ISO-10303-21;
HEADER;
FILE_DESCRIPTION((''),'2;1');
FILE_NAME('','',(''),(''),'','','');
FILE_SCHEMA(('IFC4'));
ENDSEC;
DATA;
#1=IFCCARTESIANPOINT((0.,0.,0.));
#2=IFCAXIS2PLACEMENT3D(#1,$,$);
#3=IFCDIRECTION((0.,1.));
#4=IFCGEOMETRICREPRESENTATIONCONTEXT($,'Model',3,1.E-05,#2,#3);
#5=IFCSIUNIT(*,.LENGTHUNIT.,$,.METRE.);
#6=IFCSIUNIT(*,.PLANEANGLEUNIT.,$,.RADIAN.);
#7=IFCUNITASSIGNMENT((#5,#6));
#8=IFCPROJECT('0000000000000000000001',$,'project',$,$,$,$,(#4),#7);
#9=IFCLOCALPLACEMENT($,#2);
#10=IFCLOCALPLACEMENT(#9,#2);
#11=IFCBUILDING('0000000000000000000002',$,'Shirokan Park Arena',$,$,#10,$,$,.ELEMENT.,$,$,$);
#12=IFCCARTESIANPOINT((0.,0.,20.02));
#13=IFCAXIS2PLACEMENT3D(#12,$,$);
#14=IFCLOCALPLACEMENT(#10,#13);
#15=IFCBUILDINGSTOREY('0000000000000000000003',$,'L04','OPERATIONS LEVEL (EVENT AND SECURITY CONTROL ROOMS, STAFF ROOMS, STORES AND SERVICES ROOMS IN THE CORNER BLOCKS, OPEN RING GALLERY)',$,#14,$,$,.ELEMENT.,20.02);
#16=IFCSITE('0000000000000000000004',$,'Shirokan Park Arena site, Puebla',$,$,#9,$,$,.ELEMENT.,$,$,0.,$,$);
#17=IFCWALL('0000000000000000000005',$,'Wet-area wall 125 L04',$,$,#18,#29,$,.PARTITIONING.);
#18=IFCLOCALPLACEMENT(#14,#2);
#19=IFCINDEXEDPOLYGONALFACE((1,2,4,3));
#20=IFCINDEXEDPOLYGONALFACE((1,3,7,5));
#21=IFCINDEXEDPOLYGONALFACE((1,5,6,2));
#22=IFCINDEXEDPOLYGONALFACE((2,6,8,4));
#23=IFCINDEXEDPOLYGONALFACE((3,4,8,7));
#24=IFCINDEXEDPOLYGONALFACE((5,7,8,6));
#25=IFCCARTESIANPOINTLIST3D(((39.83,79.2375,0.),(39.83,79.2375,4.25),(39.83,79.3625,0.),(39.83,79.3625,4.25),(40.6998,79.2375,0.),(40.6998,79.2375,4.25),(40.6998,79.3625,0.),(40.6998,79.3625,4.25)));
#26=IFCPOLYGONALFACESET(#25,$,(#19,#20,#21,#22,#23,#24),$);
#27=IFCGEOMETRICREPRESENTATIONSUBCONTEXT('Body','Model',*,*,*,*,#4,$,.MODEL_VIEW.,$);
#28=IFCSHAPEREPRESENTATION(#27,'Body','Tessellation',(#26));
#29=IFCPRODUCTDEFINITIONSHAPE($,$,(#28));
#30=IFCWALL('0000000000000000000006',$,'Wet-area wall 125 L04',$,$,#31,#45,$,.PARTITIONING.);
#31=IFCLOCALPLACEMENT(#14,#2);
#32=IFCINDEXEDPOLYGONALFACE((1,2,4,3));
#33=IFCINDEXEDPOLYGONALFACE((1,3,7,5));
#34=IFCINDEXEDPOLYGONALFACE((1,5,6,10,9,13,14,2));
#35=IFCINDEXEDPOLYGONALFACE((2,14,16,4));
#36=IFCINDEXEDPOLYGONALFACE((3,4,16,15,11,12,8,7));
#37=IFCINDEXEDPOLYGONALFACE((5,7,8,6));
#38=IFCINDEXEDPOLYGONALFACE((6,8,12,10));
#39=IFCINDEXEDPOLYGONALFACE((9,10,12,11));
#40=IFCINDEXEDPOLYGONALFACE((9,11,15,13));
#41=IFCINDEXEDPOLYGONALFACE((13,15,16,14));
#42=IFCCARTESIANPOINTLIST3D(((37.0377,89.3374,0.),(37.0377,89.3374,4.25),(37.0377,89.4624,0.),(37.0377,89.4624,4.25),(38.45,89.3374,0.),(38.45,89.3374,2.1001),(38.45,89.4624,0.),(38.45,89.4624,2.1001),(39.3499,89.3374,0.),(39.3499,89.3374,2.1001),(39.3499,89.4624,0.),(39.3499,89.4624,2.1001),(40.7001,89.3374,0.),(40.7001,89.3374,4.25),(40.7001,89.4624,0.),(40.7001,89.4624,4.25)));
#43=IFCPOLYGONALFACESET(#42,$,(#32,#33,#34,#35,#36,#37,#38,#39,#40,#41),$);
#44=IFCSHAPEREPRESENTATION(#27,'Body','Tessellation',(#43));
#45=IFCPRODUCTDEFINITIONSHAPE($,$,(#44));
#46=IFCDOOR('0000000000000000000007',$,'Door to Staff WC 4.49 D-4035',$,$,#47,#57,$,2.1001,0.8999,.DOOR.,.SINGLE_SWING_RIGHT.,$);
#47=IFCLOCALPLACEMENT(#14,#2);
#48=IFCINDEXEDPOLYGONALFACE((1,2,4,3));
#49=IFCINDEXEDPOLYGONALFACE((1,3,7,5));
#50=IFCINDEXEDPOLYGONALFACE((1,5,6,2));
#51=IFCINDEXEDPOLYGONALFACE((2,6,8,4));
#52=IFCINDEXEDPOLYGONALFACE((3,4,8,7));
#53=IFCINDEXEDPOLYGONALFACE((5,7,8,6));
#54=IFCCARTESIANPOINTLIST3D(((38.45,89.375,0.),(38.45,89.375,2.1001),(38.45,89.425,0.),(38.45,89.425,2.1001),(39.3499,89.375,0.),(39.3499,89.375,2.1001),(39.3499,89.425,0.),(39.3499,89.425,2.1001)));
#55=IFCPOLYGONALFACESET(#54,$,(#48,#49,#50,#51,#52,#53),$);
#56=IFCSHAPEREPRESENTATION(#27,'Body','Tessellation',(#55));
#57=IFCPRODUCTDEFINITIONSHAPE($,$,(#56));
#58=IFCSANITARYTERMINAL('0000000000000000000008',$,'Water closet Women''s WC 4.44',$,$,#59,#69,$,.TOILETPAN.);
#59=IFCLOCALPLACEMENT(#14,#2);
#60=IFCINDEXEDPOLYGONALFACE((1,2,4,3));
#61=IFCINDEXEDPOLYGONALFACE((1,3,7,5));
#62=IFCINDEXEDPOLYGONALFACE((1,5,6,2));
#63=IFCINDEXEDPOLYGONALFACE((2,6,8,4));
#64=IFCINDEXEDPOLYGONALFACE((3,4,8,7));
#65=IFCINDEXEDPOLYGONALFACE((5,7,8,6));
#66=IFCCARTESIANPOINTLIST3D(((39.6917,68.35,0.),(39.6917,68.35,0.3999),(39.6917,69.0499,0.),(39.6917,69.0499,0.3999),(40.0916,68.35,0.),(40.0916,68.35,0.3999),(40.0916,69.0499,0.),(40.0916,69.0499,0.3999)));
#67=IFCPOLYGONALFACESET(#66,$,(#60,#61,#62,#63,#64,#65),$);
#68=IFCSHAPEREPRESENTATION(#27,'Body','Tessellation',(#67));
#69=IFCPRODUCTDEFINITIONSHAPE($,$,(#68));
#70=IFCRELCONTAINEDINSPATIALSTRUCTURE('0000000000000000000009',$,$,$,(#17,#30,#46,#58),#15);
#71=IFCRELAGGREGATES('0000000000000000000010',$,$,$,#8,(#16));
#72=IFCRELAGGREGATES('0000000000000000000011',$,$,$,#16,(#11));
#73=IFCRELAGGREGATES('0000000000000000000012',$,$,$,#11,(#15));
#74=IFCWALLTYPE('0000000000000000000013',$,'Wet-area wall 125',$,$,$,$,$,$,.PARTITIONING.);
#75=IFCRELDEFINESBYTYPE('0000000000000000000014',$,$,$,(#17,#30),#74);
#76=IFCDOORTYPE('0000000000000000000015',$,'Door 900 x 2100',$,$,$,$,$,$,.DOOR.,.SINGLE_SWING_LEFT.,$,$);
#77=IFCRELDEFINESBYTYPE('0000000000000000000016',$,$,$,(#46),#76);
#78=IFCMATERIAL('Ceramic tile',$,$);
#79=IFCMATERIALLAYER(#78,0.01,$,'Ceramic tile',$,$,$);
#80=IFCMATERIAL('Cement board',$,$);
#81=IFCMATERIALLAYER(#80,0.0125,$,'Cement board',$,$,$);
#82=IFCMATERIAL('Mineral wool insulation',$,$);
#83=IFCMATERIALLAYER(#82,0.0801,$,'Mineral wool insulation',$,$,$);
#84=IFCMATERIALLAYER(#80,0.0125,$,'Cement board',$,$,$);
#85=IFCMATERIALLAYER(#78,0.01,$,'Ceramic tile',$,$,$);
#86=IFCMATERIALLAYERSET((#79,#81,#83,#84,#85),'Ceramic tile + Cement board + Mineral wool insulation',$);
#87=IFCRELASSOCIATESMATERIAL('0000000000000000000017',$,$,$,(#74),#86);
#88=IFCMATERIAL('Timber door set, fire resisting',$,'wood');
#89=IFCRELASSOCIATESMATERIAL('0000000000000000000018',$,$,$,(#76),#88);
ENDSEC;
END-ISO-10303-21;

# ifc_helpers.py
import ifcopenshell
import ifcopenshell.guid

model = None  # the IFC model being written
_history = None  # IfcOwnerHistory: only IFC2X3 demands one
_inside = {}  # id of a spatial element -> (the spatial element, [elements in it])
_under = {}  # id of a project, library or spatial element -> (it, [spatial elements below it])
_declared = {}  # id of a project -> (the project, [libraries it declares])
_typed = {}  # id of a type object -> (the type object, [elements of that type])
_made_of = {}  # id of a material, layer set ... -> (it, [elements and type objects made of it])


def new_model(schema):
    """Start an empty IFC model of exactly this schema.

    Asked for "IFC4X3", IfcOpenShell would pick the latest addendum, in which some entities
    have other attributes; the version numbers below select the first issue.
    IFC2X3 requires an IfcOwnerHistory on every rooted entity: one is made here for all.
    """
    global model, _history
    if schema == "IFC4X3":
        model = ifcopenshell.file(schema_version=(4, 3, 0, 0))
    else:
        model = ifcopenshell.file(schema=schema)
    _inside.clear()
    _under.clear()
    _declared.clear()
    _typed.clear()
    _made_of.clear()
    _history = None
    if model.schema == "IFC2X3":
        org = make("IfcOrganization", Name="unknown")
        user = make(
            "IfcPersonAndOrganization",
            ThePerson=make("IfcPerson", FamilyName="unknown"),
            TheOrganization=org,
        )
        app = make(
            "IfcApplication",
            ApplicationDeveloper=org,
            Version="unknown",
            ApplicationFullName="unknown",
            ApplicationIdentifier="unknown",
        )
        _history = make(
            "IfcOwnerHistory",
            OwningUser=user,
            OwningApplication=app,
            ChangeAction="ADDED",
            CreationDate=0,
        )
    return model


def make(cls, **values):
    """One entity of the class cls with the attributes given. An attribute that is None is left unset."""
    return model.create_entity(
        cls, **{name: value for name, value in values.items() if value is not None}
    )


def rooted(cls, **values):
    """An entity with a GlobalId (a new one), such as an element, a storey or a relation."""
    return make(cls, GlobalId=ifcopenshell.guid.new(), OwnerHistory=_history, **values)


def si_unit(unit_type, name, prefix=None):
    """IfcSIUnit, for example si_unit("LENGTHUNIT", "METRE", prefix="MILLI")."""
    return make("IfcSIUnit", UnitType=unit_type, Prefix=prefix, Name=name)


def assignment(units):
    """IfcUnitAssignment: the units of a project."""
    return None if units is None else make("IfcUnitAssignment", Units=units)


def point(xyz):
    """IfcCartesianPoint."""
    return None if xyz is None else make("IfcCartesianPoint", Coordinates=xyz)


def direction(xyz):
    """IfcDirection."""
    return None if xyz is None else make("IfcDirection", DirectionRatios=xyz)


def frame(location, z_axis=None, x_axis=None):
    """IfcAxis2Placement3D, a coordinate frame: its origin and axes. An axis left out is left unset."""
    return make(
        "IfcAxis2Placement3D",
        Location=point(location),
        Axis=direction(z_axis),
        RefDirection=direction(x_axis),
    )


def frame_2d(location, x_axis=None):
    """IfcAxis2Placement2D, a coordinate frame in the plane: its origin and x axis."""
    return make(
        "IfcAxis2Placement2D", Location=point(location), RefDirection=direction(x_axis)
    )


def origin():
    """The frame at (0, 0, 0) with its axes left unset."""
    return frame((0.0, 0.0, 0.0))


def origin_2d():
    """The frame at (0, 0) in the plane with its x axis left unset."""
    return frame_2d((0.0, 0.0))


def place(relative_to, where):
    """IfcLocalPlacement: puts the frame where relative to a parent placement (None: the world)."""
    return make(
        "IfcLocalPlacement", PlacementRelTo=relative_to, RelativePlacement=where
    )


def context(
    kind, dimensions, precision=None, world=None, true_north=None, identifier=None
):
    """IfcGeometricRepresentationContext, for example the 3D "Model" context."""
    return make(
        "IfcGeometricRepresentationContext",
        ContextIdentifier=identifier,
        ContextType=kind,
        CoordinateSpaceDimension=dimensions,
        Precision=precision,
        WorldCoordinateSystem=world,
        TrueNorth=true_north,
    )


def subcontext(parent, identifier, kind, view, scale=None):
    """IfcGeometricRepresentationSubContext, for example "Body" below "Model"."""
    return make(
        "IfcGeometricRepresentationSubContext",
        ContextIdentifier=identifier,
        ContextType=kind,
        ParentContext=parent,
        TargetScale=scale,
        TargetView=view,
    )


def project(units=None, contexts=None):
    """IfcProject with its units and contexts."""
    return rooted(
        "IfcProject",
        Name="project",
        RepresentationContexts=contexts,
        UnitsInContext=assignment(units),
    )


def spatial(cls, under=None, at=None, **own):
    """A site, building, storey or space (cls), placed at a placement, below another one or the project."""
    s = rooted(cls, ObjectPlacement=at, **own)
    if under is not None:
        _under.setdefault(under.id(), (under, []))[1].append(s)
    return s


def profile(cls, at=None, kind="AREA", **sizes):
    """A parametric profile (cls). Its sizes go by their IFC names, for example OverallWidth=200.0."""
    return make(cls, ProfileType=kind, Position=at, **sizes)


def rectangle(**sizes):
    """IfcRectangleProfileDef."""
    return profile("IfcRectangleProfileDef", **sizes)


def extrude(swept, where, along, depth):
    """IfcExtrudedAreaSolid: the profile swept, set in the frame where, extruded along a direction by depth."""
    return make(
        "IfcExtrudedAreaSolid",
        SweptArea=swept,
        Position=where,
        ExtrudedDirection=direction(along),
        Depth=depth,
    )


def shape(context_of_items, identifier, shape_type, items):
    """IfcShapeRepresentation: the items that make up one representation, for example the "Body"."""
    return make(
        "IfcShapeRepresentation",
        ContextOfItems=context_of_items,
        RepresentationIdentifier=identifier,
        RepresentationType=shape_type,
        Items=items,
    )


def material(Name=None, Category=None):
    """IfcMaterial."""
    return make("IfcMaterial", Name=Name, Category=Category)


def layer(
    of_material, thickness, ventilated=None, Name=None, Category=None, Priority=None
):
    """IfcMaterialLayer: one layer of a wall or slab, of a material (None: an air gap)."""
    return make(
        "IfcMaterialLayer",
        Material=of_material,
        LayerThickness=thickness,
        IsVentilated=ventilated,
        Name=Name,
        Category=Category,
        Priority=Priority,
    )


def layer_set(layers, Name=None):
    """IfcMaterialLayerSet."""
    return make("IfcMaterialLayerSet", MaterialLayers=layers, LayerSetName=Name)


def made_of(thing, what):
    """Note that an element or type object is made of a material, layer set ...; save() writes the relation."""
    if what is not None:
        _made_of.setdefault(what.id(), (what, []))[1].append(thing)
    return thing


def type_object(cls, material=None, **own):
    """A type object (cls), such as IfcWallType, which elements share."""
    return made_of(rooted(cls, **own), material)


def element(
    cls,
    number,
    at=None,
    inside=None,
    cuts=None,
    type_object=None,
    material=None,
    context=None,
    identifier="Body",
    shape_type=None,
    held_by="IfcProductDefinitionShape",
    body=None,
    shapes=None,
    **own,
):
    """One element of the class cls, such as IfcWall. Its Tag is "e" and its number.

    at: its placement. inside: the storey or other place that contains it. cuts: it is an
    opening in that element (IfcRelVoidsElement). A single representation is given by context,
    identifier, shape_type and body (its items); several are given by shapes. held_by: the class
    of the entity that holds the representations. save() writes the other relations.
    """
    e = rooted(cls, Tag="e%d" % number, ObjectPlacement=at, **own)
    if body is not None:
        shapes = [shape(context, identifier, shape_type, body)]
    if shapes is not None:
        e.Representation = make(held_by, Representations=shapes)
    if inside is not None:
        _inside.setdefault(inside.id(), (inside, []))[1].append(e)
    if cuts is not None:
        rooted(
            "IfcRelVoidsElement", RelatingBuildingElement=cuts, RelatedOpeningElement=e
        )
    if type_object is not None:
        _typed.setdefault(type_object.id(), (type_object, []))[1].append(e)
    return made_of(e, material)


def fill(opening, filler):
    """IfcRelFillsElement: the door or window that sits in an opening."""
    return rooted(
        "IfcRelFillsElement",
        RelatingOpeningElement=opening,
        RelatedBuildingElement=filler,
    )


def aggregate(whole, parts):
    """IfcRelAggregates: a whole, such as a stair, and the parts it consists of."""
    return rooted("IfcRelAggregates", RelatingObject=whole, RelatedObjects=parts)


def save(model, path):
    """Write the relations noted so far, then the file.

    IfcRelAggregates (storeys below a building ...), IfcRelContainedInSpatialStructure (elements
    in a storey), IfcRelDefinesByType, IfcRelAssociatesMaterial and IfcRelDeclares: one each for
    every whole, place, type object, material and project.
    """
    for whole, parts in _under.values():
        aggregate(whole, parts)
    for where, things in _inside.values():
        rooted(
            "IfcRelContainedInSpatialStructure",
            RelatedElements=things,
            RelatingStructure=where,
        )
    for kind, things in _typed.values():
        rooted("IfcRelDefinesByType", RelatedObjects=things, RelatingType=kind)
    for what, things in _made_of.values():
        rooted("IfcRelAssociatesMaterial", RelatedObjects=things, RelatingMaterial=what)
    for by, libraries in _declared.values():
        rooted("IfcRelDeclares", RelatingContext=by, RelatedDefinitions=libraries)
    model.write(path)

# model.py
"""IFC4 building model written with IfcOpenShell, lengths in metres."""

from ifc_helpers import new_model, si_unit, direction, frame, frame_2d, origin, origin_2d, place, context, subcontext, project, spatial, rectangle, extrude, material, layer, layer_set, type_object, element, fill, save


model = new_model("IFC4")

# Units and contexts
model_context = context("Model", 3, precision=1e-05, world=origin(), true_north=direction((0.0, 1.0)))
body_context = subcontext(model_context, "Body", "Model", "MODEL_VIEW")
ifc_project = project(units=[si_unit("LENGTHUNIT", "METRE"), si_unit("PLANEANGLEUNIT", "RADIAN")], contexts=[model_context])

# Site, building, storey
site_placement = place(None, origin())
site = spatial("IfcSite", under=ifc_project, at=site_placement, Name="Shirokan Park Arena site, Puebla", CompositionType="ELEMENT", RefElevation=0.0)
building_placement = place(site_placement, origin())
building = spatial("IfcBuilding", under=site, at=building_placement, Name="Shirokan Park Arena", CompositionType="ELEMENT")
storey_placement = place(building_placement, frame((0.0, 0.0, 20.02)))
storey = spatial("IfcBuildingStorey", under=building, at=storey_placement, Name="L04", Description="OPERATIONS LEVEL (EVENT AND SECURITY CONTROL ROOMS, STAFF ROOMS, STORES AND SERVICES ROOMS IN THE CORNER BLOCKS, OPEN RING GALLERY)", CompositionType="ELEMENT", Elevation=20.02)

# Shared definitions
ifc_material_1 = material(Name="Mineral wool insulation")

# Wall
ifc_material_2 = material(Name="Ceramic tile")
ifc_layer_1 = layer(ifc_material_2, 0.01, Name="Ceramic tile")
ifc_material_3 = material(Name="Cement board")
ifc_layer_2 = layer(ifc_material_3, 0.0125, Name="Cement board")
ifc_layer_3 = layer(ifc_material_1, 0.0801, Name="Mineral wool insulation")
ifc_layer_4 = layer(ifc_material_3, 0.0125, Name="Cement board")
ifc_layer_5 = layer(ifc_material_2, 0.01, Name="Ceramic tile")
ifc_layer_set_1 = layer_set([ifc_layer_1, ifc_layer_2, ifc_layer_3, ifc_layer_4, ifc_layer_5], Name="Ceramic tile + Cement board + Mineral wool insulation")
wall_type_1 = type_object("IfcWallType", Name="Wet-area wall 125", PredefinedType="PARTITIONING", material=ifc_layer_set_1)
wall_1_placement = place(storey_placement, frame((40.7, 79.3, 0.0), z_axis=(0.0, 0.0, 1.0), x_axis=(-1.0, 0.0, 0.0)))
element("IfcWall", 1, at=wall_1_placement, inside=storey, type_object=wall_type_1, Name="Wet-area wall 125 L04", PredefinedType="PARTITIONING", context=body_context, shape_type="SweptSolid", body=[
    extrude(rectangle(XDim=0.8699, YDim=0.125, at=frame_2d((0.4351, 0.0))), origin(), (0.0, 0.0, 1.0), 4.25),
])

# Wall, opening, door
wall_2_placement = place(storey_placement, frame((40.7, 89.3999, 0.0), z_axis=(0.0, 0.0, 1.0), x_axis=(-1.0, 0.0, 0.0)))
wall_2 = element("IfcWall", 2, at=wall_2_placement, inside=storey, type_object=wall_type_1, Name="Wet-area wall 125 L04", PredefinedType="PARTITIONING", context=body_context, shape_type="SweptSolid", body=[
    extrude(rectangle(XDim=3.6624, YDim=0.125, at=frame_2d((1.8311, 0.0))), origin(), (0.0, 0.0, 1.0), 4.25),
])
opening_1_placement = place(wall_2_placement, frame((1.3501, 0.0, 0.0)))
opening_1 = element("IfcOpeningElement", 3, at=opening_1_placement, cuts=wall_2, PredefinedType="OPENING", context=body_context, shape_type="SweptSolid", body=[
    extrude(rectangle(XDim=0.8999, YDim=2.1001, at=frame_2d((0.45, 1.05))), frame((0.0, 0.0725, 0.0), z_axis=(0.0, -1.0, 0.0), x_axis=(1.0, 0.0, 0.0)), (0.0, 0.0, 1.0), 0.145),
])
ifc_material_4 = material(Name="Timber door set, fire resisting", Category="wood")
door_type_1 = type_object("IfcDoorType", Name="Door 900 x 2100", OperationType="SINGLE_SWING_LEFT", PredefinedType="DOOR", material=ifc_material_4)
door_1_placement = place(opening_1_placement, origin())
door_1 = element("IfcDoor", 4, at=door_1_placement, inside=storey, type_object=door_type_1, Name="Door to Staff WC 4.49 D-4035", OperationType="SINGLE_SWING_RIGHT", OverallHeight=2.1001, OverallWidth=0.8999, PredefinedType="DOOR", context=body_context, shape_type="SweptSolid", body=[
    extrude(rectangle(XDim=0.8999, YDim=2.1001, at=frame_2d((0.45, 1.05))), frame((0.0, 0.0249, 0.0), z_axis=(0.0, -1.0, 0.0), x_axis=(1.0, 0.0, 0.0)), (0.0, 0.0, 1.0), 0.05),
])
fill(opening_1, door_1)

# Sanitary terminal
sanitary_terminal_placement = place(storey_placement, frame((39.8916, 68.7, 0.0), z_axis=(0.0, 0.0, 1.0), x_axis=(1.0, 0.0, 0.0)))
element("IfcSanitaryTerminal", 5, at=sanitary_terminal_placement, inside=storey, Name="Water closet Women's WC 4.44", PredefinedType="TOILETPAN", context=body_context, shape_type="SweptSolid", body=[
    extrude(rectangle(XDim=0.3999, YDim=0.7, at=origin_2d()), origin(), (0.0, 0.0, 1.0), 0.3999),
])

save(model, "model.ifc")
